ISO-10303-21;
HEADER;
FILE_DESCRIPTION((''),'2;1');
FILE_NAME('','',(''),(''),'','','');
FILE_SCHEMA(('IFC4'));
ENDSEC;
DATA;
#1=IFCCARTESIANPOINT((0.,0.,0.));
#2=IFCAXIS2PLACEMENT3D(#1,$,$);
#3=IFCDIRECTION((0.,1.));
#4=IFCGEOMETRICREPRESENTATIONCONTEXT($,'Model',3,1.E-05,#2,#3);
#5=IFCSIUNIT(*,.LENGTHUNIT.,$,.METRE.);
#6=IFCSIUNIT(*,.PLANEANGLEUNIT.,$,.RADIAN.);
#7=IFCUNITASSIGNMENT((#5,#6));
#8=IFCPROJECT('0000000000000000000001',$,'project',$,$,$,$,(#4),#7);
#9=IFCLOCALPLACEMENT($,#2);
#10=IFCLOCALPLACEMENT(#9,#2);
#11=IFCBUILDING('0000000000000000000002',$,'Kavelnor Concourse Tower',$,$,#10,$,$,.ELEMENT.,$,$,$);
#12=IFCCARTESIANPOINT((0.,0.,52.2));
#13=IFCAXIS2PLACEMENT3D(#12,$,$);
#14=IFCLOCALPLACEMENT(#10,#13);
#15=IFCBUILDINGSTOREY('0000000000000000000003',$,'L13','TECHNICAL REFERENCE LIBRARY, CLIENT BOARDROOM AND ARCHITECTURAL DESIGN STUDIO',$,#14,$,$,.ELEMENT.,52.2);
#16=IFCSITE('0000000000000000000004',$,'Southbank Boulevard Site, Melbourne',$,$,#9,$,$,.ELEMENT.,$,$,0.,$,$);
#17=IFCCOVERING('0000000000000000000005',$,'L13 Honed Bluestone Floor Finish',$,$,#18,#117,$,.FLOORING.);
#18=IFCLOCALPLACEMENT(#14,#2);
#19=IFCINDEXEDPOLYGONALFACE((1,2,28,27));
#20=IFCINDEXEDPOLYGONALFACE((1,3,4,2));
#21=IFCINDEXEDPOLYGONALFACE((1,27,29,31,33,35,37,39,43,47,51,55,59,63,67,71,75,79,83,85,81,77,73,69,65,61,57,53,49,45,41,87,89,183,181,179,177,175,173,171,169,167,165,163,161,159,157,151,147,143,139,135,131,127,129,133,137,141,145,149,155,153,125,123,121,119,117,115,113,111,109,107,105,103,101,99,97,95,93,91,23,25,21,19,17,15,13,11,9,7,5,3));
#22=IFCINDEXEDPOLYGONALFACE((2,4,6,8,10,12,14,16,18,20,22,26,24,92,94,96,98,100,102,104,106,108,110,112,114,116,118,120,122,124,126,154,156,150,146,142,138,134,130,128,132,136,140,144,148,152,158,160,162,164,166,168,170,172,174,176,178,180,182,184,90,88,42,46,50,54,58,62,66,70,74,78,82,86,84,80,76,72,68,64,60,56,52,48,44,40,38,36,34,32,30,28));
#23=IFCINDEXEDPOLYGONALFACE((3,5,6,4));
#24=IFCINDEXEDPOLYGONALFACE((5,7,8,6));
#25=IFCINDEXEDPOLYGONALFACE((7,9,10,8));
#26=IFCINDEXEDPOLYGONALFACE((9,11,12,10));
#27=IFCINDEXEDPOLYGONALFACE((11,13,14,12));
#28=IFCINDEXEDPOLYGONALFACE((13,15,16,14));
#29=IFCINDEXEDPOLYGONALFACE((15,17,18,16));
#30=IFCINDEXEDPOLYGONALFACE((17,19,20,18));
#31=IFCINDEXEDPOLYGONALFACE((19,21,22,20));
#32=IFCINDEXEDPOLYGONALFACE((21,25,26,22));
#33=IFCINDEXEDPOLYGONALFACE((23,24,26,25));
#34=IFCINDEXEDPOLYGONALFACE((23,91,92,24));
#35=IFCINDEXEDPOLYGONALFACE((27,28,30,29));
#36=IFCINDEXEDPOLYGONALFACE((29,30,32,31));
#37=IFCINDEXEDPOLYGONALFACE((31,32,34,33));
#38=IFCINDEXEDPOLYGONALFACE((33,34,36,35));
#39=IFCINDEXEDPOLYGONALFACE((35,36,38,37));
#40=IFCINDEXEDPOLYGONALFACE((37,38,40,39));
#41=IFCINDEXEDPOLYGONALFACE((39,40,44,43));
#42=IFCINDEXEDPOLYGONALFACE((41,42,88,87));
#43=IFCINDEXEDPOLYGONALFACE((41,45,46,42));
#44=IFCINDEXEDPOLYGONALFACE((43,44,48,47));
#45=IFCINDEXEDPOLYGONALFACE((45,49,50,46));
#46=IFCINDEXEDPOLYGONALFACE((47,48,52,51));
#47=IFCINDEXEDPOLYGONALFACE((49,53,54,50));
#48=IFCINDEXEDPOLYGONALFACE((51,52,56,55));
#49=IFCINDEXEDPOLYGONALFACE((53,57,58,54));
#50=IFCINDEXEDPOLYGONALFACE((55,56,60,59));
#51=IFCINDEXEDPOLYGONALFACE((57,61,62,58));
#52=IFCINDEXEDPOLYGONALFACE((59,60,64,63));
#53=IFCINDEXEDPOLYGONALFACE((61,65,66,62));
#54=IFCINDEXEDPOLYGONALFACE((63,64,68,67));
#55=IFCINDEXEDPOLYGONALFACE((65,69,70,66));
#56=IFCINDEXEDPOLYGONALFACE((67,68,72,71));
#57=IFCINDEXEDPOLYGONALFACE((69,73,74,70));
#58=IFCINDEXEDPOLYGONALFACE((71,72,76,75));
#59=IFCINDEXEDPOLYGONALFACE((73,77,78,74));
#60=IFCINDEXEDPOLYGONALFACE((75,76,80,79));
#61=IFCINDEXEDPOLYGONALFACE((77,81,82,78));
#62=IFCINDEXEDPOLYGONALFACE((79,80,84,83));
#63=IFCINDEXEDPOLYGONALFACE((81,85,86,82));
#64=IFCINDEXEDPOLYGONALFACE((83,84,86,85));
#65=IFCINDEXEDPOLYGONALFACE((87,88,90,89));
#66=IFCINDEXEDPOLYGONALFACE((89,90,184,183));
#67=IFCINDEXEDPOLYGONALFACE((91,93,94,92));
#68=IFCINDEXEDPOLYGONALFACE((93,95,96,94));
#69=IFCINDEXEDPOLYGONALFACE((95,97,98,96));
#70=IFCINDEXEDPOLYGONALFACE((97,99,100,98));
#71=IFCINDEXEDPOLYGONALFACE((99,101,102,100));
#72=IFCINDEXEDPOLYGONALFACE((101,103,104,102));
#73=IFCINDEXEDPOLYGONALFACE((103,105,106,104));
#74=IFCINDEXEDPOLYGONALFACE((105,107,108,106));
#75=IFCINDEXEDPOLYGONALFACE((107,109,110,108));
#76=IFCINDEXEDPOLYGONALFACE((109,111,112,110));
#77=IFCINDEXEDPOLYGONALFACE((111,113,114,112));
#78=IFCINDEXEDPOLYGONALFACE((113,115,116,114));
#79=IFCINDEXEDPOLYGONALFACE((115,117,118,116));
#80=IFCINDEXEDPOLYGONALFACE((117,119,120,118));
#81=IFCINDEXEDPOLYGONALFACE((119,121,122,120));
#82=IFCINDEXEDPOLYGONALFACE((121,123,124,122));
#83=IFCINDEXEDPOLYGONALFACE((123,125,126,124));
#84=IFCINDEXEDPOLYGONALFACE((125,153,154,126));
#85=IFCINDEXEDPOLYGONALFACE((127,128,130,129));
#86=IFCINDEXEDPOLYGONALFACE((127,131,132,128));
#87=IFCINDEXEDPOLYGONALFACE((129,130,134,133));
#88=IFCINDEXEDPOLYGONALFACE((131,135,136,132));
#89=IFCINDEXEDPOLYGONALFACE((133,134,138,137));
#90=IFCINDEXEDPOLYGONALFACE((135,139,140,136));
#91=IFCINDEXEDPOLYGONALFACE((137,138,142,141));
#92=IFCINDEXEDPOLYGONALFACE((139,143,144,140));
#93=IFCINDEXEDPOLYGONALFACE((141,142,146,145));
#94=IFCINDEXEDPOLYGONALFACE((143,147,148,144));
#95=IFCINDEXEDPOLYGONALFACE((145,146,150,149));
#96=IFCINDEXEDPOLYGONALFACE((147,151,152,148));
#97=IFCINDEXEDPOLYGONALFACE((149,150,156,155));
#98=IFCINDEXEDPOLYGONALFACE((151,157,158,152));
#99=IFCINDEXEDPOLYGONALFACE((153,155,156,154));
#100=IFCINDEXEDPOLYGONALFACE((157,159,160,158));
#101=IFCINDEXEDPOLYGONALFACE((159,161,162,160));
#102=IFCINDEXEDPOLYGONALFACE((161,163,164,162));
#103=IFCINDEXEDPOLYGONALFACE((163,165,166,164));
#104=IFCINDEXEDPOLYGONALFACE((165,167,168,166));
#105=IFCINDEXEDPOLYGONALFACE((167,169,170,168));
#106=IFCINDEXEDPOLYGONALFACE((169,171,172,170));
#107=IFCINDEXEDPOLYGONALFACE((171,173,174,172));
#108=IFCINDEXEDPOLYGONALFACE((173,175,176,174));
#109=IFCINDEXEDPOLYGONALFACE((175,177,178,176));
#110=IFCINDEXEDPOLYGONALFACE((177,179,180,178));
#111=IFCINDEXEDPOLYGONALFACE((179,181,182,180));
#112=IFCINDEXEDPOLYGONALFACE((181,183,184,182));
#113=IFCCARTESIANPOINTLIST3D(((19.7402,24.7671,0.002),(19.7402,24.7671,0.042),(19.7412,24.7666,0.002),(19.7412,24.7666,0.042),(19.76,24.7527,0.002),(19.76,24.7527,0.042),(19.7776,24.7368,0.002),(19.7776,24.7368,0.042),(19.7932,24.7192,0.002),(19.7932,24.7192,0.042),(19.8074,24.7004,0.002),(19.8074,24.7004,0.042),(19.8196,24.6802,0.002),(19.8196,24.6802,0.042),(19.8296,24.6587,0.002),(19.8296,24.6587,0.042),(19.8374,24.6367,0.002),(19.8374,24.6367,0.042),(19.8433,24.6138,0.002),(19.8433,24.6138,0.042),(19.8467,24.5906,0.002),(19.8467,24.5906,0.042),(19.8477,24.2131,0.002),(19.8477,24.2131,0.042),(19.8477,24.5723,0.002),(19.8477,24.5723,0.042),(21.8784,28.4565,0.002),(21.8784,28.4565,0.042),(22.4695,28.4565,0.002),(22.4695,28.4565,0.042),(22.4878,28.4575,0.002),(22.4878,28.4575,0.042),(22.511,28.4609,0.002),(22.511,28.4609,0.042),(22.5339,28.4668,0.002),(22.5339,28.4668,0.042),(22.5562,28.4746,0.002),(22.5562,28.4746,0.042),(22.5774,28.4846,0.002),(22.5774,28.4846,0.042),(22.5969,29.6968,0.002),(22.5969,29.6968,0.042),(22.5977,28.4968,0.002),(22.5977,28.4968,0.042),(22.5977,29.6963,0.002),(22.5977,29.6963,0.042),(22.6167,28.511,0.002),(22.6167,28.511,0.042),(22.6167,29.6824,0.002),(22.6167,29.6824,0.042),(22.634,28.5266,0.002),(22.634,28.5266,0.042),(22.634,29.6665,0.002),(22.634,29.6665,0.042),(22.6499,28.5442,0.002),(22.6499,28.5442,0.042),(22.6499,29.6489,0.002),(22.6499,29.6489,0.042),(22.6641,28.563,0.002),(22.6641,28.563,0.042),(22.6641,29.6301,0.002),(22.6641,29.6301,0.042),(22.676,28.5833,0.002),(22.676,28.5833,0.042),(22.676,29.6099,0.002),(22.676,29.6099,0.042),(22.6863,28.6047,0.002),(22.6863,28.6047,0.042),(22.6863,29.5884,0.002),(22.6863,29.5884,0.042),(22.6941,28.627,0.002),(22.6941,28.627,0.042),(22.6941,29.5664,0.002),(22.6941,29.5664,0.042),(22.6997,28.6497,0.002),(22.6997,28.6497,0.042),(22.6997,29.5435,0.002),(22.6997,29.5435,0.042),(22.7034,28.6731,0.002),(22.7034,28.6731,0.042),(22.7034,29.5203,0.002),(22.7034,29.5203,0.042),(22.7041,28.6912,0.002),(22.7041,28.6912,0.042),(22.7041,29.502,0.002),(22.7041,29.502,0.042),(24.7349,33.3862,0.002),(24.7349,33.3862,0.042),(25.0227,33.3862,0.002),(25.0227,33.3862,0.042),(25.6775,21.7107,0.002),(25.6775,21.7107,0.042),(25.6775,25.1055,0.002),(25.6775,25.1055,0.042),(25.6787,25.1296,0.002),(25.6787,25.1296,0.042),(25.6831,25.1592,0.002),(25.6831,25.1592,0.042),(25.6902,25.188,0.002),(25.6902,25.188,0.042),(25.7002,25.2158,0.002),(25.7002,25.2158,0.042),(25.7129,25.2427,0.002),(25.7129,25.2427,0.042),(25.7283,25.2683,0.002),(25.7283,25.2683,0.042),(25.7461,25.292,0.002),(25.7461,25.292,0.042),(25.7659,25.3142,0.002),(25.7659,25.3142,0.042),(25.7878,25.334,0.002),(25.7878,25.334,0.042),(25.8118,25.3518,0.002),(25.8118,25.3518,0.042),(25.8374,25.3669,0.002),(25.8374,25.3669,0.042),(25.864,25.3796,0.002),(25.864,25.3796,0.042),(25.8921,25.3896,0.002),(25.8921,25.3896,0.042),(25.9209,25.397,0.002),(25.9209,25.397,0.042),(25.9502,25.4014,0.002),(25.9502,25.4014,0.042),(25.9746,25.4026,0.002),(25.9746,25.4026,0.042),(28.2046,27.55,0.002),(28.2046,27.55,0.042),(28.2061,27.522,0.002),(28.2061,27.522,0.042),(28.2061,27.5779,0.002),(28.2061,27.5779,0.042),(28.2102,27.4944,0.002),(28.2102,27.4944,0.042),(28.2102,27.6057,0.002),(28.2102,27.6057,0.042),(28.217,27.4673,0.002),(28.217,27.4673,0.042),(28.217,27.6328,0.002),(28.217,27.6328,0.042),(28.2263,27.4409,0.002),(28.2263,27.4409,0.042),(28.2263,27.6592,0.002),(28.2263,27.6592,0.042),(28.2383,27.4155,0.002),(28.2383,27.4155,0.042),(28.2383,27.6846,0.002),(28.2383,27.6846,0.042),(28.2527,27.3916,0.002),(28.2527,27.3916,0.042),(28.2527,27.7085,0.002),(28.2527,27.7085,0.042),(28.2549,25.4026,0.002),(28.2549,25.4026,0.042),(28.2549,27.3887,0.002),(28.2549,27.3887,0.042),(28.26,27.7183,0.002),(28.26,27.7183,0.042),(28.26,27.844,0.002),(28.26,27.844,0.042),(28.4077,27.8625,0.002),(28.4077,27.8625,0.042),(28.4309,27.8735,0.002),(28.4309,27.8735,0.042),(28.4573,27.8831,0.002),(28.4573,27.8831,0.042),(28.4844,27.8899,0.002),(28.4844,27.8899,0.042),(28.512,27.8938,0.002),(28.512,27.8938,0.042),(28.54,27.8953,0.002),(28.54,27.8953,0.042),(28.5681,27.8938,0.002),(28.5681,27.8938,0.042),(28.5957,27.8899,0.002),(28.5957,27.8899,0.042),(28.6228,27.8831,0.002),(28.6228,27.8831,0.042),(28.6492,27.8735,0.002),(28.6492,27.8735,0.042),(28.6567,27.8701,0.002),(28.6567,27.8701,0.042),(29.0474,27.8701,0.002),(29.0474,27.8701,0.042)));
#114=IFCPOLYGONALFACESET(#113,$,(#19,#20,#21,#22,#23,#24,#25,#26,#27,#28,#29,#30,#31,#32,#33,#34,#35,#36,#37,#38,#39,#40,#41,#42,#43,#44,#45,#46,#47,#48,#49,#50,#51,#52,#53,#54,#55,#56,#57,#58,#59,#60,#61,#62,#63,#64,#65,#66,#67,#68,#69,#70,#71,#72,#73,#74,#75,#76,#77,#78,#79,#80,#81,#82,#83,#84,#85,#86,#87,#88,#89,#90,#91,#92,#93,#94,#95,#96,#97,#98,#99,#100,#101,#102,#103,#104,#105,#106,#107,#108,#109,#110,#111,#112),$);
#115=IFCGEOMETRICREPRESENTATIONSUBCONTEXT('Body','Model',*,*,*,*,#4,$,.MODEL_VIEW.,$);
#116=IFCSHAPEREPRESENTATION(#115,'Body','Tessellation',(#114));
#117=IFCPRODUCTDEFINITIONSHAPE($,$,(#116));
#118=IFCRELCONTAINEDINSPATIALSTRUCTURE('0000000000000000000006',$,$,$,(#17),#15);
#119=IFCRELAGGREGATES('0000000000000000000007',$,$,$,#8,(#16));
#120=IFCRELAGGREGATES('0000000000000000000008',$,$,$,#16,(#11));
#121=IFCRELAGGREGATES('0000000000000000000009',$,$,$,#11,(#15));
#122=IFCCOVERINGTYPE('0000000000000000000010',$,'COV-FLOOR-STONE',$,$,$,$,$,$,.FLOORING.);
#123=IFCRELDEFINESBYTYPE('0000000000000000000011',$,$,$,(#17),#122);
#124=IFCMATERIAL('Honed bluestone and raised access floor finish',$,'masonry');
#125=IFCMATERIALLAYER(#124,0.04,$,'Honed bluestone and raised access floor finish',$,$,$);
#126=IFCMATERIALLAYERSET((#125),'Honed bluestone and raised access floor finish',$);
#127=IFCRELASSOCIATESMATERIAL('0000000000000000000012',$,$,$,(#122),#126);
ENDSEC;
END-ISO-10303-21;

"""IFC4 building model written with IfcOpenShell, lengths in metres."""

from ifc_helpers import new_model, si_unit, direction, frame, origin, place, context, subcontext, project, spatial, polyline, outline, extrude, material, layer, layer_set, type_object, element, save


model = new_model("IFC4")

# Units and contexts
model_context = context("Model", 3, precision=1e-05, world=origin(), true_north=direction((0.0, 1.0)))
body_context = subcontext(model_context, "Body", "Model", "MODEL_VIEW")
ifc_project = project(units=[si_unit("LENGTHUNIT", "METRE"), si_unit("PLANEANGLEUNIT", "RADIAN")], contexts=[model_context])

# Site, building, storey
site_placement = place(None, origin())
site = spatial("IfcSite", under=ifc_project, at=site_placement, Name="Southbank Boulevard Site, Melbourne", CompositionType="ELEMENT", RefElevation=0.0)
building_placement = place(site_placement, origin())
building = spatial("IfcBuilding", under=site, at=building_placement, Name="Kavelnor Concourse Tower", CompositionType="ELEMENT")
storey_placement = place(building_placement, frame((0.0, 0.0, 52.2)))
storey = spatial("IfcBuildingStorey", under=building, at=storey_placement, Name="L13", Description="TECHNICAL REFERENCE LIBRARY, CLIENT BOARDROOM AND ARCHITECTURAL DESIGN STUDIO", CompositionType="ELEMENT", Elevation=52.2)

# Covering
ifc_material_1 = material(Name="Honed bluestone and raised access floor finish", Category="masonry")
ifc_layer_1 = layer(ifc_material_1, 0.04, Name="Honed bluestone and raised access floor finish")
ifc_layer_set_1 = layer_set([ifc_layer_1], Name="Honed bluestone and raised access floor finish")
covering_type_1 = type_object("IfcCoveringType", Name="COV-FLOOR-STONE", PredefinedType="FLOORING", material=ifc_layer_set_1)
covering_1_placement = place(storey_placement, frame((0.0, 0.0, 0.002)))
element("IfcCovering", 1, at=covering_1_placement, inside=storey, type_object=covering_type_1, Name="L13 Honed Bluestone Floor Finish", PredefinedType="FLOORING", context=body_context, shape_type="SweptSolid", body=[
    extrude(outline(polyline([(21.8784, 28.4565), (22.4695, 28.4565), (22.4878, 28.4575), (22.511, 28.4609), (22.5339, 28.4668), (22.5562, 28.4746), (22.5774, 28.4846), (22.5977, 28.4968), (22.6167, 28.511), (22.634, 28.5266), (22.6499, 28.5442), (22.6641, 28.563), (22.676, 28.5833), (22.6863, 28.6047), (22.6941, 28.627), (22.6997, 28.6497), (22.7034, 28.6731), (22.7041, 28.6912), (22.7041, 29.502), (22.7034, 29.5203), (22.6997, 29.5435), (22.6941, 29.5664), (22.6863, 29.5884), (22.676, 29.6099), (22.6641, 29.6301), (22.6499, 29.6489), (22.634, 29.6665), (22.6167, 29.6824), (22.5977, 29.6963), (22.5969, 29.6968), (24.7349, 33.3862), (25.0227, 33.3862), (29.0474, 27.8701), (28.6567, 27.8701), (28.6492, 27.8735), (28.6228, 27.8831), (28.5957, 27.8899), (28.5681, 27.8938), (28.54, 27.8953), (28.512, 27.8938), (28.4844, 27.8899), (28.4573, 27.8831), (28.4309, 27.8735), (28.4077, 27.8625), (28.26, 27.844), (28.26, 27.7183), (28.2527, 27.7085), (28.2383, 27.6846), (28.2263, 27.6592), (28.217, 27.6328), (28.2102, 27.6057), (28.2061, 27.5779), (28.2046, 27.55), (28.2061, 27.522), (28.2102, 27.4944), (28.217, 27.4673), (28.2263, 27.4409), (28.2383, 27.4155), (28.2527, 27.3916), (28.2549, 27.3887), (28.2549, 25.4026), (25.9746, 25.4026), (25.9502, 25.4014), (25.9209, 25.397), (25.8921, 25.3896), (25.864, 25.3796), (25.8374, 25.3669), (25.8118, 25.3518), (25.7878, 25.334), (25.7659, 25.3142), (25.7461, 25.292), (25.7283, 25.2683), (25.7129, 25.2427), (25.7002, 25.2158), (25.6902, 25.188), (25.6831, 25.1592), (25.6787, 25.1296), (25.6775, 25.1055), (25.6775, 21.7107), (19.8477, 24.2131), (19.8477, 24.5723), (19.8467, 24.5906), (19.8433, 24.6138), (19.8374, 24.6367), (19.8296, 24.6587), (19.8196, 24.6802), (19.8074, 24.7004), (19.7932, 24.7192), (19.7776, 24.7368), (19.76, 24.7527), (19.7412, 24.7666), (19.7402, 24.7671), (21.8784, 28.4565)])), origin(), (0.0, 0.0, 1.0), 0.04),
])

save(model, "model.ifc")
